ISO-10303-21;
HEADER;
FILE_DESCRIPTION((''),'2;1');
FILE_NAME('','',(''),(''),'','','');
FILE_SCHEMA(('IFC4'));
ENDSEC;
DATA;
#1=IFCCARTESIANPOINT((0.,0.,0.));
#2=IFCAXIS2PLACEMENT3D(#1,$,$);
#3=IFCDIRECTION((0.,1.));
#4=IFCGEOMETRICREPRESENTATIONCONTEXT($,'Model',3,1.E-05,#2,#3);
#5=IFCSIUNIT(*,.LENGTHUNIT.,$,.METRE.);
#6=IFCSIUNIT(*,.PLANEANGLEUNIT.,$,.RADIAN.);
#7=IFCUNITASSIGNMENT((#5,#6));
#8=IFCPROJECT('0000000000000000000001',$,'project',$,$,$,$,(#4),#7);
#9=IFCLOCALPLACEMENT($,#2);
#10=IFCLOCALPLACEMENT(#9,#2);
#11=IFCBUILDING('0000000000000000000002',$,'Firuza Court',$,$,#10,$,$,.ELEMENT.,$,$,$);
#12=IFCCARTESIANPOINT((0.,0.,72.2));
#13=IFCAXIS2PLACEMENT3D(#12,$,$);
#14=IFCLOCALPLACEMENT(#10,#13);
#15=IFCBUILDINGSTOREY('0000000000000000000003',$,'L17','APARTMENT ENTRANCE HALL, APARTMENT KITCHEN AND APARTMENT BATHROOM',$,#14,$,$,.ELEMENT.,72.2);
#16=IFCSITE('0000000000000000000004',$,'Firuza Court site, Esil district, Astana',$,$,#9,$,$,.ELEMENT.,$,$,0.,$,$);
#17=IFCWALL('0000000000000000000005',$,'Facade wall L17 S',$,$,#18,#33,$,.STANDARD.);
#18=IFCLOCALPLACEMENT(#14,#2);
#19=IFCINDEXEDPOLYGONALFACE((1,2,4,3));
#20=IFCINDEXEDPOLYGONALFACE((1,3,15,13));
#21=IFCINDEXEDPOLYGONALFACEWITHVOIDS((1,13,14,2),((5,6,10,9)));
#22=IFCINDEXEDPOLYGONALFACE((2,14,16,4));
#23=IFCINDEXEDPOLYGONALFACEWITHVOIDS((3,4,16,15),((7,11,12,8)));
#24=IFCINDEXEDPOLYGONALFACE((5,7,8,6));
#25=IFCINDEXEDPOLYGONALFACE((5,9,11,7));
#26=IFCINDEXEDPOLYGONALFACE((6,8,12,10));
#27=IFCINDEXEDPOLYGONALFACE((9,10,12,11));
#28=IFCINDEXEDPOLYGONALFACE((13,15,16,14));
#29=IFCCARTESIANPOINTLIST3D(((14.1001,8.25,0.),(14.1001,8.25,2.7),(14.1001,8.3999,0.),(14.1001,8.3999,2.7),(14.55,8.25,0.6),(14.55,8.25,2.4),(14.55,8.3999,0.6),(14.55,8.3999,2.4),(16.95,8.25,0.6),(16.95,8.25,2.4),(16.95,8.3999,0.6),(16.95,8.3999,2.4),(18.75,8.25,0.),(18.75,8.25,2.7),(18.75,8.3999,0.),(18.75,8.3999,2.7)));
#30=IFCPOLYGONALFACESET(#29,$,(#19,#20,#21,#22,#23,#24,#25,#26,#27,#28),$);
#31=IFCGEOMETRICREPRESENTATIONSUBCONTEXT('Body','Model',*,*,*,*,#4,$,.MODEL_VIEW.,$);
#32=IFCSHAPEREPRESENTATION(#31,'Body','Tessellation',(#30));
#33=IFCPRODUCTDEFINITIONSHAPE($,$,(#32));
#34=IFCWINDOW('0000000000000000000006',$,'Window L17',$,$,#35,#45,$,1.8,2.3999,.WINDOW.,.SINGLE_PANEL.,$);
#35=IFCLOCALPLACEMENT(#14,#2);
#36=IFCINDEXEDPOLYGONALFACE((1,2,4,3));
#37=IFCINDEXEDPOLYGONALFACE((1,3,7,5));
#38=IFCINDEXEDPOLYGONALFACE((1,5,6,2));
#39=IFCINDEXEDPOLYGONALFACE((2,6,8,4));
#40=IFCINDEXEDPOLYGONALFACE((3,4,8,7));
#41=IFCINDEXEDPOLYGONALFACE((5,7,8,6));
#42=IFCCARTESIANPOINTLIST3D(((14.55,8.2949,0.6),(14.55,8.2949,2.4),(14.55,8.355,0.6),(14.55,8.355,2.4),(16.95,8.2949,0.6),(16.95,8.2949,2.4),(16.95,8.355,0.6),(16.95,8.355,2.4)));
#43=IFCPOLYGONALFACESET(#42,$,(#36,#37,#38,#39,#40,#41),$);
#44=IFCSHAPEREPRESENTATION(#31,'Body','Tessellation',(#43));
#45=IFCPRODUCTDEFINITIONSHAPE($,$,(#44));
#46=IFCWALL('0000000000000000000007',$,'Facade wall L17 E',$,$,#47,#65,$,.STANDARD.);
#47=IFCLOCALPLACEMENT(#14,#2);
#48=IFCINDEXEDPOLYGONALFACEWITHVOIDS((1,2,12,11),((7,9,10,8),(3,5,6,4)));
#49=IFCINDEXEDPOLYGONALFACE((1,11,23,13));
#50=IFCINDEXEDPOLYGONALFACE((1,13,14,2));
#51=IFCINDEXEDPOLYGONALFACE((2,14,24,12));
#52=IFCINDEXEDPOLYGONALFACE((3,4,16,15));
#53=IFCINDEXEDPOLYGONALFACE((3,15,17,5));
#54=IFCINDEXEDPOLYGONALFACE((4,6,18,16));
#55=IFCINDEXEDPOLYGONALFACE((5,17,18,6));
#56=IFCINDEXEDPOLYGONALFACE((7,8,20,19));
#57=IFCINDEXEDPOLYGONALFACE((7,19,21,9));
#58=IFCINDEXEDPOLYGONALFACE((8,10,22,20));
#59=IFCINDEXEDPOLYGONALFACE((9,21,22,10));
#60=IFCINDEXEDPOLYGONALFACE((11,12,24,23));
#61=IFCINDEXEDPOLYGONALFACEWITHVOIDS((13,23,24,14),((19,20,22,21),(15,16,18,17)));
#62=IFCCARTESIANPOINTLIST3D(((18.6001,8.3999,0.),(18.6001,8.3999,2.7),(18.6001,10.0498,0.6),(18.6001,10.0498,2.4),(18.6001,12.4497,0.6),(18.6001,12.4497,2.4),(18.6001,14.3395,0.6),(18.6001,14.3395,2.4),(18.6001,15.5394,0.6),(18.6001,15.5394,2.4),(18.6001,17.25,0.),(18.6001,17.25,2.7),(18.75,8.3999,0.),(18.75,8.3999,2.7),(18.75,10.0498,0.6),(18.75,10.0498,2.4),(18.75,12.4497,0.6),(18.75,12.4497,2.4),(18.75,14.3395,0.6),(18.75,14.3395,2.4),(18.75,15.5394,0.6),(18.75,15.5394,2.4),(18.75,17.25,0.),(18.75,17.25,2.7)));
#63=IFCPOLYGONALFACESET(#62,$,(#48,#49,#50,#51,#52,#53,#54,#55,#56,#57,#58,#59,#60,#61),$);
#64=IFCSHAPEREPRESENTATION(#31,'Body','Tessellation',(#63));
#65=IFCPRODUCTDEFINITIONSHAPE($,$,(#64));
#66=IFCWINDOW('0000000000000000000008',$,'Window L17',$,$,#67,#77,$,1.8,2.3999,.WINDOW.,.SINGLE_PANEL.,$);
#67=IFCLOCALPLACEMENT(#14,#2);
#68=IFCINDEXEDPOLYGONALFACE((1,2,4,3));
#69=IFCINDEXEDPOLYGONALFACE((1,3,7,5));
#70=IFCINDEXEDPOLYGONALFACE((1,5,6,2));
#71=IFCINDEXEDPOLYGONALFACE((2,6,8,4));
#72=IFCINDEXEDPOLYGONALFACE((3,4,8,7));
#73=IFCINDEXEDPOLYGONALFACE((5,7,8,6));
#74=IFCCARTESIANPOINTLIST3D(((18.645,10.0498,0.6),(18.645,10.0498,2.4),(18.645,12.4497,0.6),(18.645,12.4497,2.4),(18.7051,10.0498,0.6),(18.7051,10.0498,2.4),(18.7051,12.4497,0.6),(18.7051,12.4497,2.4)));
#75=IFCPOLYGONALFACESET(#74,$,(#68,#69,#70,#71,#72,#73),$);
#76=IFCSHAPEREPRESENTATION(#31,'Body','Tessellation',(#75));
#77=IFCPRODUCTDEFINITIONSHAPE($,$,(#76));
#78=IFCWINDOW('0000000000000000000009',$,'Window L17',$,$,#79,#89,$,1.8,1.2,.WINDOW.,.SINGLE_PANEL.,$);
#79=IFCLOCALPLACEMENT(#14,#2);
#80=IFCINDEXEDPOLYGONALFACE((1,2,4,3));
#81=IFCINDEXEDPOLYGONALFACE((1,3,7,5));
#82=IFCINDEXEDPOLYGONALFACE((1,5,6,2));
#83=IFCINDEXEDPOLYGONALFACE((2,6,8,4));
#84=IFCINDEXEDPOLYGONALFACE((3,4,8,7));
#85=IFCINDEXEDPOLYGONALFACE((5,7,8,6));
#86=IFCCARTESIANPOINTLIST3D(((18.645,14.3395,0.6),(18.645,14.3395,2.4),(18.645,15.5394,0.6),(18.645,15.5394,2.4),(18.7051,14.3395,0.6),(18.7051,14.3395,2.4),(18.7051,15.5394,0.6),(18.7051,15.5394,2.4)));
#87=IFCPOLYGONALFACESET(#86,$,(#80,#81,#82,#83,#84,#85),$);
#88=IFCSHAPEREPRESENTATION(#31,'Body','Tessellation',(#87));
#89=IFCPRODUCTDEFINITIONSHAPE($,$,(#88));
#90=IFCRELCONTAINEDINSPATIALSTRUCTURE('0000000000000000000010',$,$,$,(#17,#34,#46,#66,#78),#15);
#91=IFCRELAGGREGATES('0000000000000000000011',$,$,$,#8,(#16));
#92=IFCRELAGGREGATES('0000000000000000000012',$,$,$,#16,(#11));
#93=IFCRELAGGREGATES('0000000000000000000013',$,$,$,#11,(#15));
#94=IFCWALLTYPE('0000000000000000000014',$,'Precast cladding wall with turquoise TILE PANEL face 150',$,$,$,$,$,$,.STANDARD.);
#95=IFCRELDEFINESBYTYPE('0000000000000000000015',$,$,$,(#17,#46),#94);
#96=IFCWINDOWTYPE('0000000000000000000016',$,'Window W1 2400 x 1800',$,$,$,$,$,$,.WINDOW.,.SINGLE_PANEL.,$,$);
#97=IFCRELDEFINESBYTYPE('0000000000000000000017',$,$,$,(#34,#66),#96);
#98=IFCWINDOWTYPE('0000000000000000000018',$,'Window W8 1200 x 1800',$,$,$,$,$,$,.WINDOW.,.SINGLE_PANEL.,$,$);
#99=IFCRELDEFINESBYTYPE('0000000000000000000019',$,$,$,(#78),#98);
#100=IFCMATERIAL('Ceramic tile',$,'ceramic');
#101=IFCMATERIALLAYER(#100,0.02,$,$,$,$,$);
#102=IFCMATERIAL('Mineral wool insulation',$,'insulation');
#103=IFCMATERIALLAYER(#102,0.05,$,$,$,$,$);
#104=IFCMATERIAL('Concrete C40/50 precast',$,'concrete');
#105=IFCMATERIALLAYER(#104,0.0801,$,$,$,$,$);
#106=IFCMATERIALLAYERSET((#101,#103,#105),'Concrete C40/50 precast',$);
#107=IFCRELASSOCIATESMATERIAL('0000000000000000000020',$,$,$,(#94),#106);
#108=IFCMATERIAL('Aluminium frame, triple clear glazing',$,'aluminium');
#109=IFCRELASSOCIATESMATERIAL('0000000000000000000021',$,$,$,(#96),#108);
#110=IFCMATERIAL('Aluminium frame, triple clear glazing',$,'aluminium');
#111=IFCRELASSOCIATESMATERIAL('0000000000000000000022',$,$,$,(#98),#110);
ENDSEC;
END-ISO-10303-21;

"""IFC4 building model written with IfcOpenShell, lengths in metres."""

from ifc_helpers import new_model, si_unit, direction, frame, frame_2d, origin, place, context, subcontext, project, spatial, rectangle, extrude, material, layer, layer_set, type_object, element, fill, save


model = new_model("IFC4")

# Units and contexts
model_context = context("Model", 3, precision=1e-05, world=origin(), true_north=direction((0.0, 1.0)))
body_context = subcontext(model_context, "Body", "Model", "MODEL_VIEW")
ifc_project = project(units=[si_unit("LENGTHUNIT", "METRE"), si_unit("PLANEANGLEUNIT", "RADIAN")], contexts=[model_context])

# Site, building, storey
site_placement = place(None, origin())
site = spatial("IfcSite", under=ifc_project, at=site_placement, Name="Firuza Court site, Esil district, Astana", CompositionType="ELEMENT", RefElevation=0.0)
building_placement = place(site_placement, origin())
building = spatial("IfcBuilding", under=site, at=building_placement, Name="Firuza Court", CompositionType="ELEMENT")
storey_placement = place(building_placement, frame((0.0, 0.0, 72.2)))
storey = spatial("IfcBuildingStorey", under=building, at=storey_placement, Name="L17", Description="APARTMENT ENTRANCE HALL, APARTMENT KITCHEN AND APARTMENT BATHROOM", CompositionType="ELEMENT", Elevation=72.2)

# Shared definitions
ifc_material_1 = material(Name="Ceramic tile", Category="ceramic")
ifc_layer_1 = layer(ifc_material_1, 0.02)
ifc_material_2 = material(Name="Mineral wool insulation", Category="insulation")
ifc_layer_2 = layer(ifc_material_2, 0.05)
ifc_material_3 = material(Name="Concrete C40/50 precast", Category="concrete")
ifc_layer_3 = layer(ifc_material_3, 0.0801)
ifc_layer_set_1 = layer_set([ifc_layer_1, ifc_layer_2, ifc_layer_3], Name="Concrete C40/50 precast")
wall_type_1 = type_object("IfcWallType", Name="Precast cladding wall with turquoise TILE PANEL face 150", PredefinedType="STANDARD", material=ifc_layer_set_1)

# Wall, opening, window
ifc_material_4 = material(Name="Aluminium frame, triple clear glazing", Category="aluminium")
window_type_1 = type_object("IfcWindowType", Name="Window W1 2400 x 1800", PartitioningType="SINGLE_PANEL", PredefinedType="WINDOW", material=ifc_material_4)
wall_1_placement = place(storey_placement, frame((14.1001, 8.325, 0.0), z_axis=(0.0, 0.0, 1.0), x_axis=(1.0, 0.0, 0.0)))
wall_1 = element("IfcWall", 1, at=wall_1_placement, inside=storey, type_object=wall_type_1, Name="Facade wall L17 S", PredefinedType="STANDARD", context=body_context, shape_type="SweptSolid", body=[
    extrude(rectangle(XDim=4.6499, YDim=0.1499, at=frame_2d((2.325, 0.0))), origin(), (0.0, 0.0, 1.0), 2.7),
])
opening_1_placement = place(wall_1_placement, frame((0.45, 0.0, 0.6001)))
opening_1 = element("IfcOpeningElement", 2, at=opening_1_placement, cuts=wall_1, PredefinedType="OPENING", context=body_context, shape_type="SweptSolid", body=[
    extrude(rectangle(XDim=2.3999, YDim=1.8, at=frame_2d((1.2, 0.8999))), frame((0.0, 0.0869, 0.0), z_axis=(0.0, -1.0, 0.0), x_axis=(1.0, 0.0, 0.0)), (0.0, 0.0, 1.0), 0.1738),
])
window_1_placement = place(opening_1_placement, origin())
window_1 = element("IfcWindow", 3, at=window_1_placement, inside=storey, type_object=window_type_1, Name="Window L17", OverallHeight=1.8, OverallWidth=2.3999, PartitioningType="SINGLE_PANEL", PredefinedType="WINDOW", context=body_context, shape_type="SweptSolid", body=[
    extrude(rectangle(XDim=2.3999, YDim=1.8, at=frame_2d((1.2, 0.8999))), frame((0.0, 0.03, 0.0), z_axis=(0.0, -1.0, 0.0), x_axis=(1.0, 0.0, 0.0)), (0.0, 0.0, 1.0), 0.0601),
])
fill(opening_1, window_1)

# Wall, openings, windows
wall_2_placement = place(storey_placement, frame((18.675, 8.3999, 0.0), z_axis=(0.0, 0.0, 1.0), x_axis=(0.0, 1.0, 0.0)))
wall_2 = element("IfcWall", 4, at=wall_2_placement, inside=storey, type_object=wall_type_1, Name="Facade wall L17 E", PredefinedType="STANDARD", context=body_context, shape_type="SweptSolid", body=[
    extrude(rectangle(XDim=8.8501, YDim=0.1499, at=frame_2d((4.425, 0.0))), origin(), (0.0, 0.0, 1.0), 2.7),
])
opening_2_placement = place(wall_2_placement, frame((1.6499, 0.0, 0.6001)))
opening_2 = element("IfcOpeningElement", 5, at=opening_2_placement, cuts=wall_2, PredefinedType="OPENING", context=body_context, shape_type="SweptSolid", body=[
    extrude(rectangle(XDim=2.3999, YDim=1.8, at=frame_2d((1.2, 0.8999))), frame((0.0, 0.0869, 0.0), z_axis=(0.0, -1.0, 0.0), x_axis=(1.0, 0.0, 0.0)), (0.0, 0.0, 1.0), 0.1738),
])
opening_3_placement = place(wall_2_placement, frame((5.9395, 0.0, 0.6001)))
opening_3 = element("IfcOpeningElement", 6, at=opening_3_placement, cuts=wall_2, PredefinedType="OPENING", context=body_context, shape_type="SweptSolid", body=[
    extrude(rectangle(XDim=1.2, YDim=1.8, at=frame_2d((0.6001, 0.8999))), frame((0.0, 0.0869, 0.0), z_axis=(0.0, -1.0, 0.0), x_axis=(1.0, 0.0, 0.0)), (0.0, 0.0, 1.0), 0.1738),
])
window_2_placement = place(opening_2_placement, origin())
window_2 = element("IfcWindow", 7, at=window_2_placement, inside=storey, type_object=window_type_1, Name="Window L17", OverallHeight=1.8, OverallWidth=2.3999, PartitioningType="SINGLE_PANEL", PredefinedType="WINDOW", context=body_context, shape_type="SweptSolid", body=[
    extrude(rectangle(XDim=2.3999, YDim=1.8, at=frame_2d((1.2, 0.8999))), frame((0.0, 0.03, 0.0), z_axis=(0.0, -1.0, 0.0), x_axis=(1.0, 0.0, 0.0)), (0.0, 0.0, 1.0), 0.0601),
])
fill(opening_2, window_2)
ifc_material_5 = material(Name="Aluminium frame, triple clear glazing", Category="aluminium")
window_type_2 = type_object("IfcWindowType", Name="Window W8 1200 x 1800", PartitioningType="SINGLE_PANEL", PredefinedType="WINDOW", material=ifc_material_5)
window_3_placement = place(opening_3_placement, origin())
window_3 = element("IfcWindow", 8, at=window_3_placement, inside=storey, type_object=window_type_2, Name="Window L17", OverallHeight=1.8, OverallWidth=1.2, PartitioningType="SINGLE_PANEL", PredefinedType="WINDOW", context=body_context, shape_type="SweptSolid", body=[
    extrude(rectangle(XDim=1.2, YDim=1.8, at=frame_2d((0.6001, 0.8999))), frame((0.0, 0.03, 0.0), z_axis=(0.0, -1.0, 0.0), x_axis=(1.0, 0.0, 0.0)), (0.0, 0.0, 1.0), 0.0601),
])
fill(opening_3, window_3)

save(model, "model.ifc")
